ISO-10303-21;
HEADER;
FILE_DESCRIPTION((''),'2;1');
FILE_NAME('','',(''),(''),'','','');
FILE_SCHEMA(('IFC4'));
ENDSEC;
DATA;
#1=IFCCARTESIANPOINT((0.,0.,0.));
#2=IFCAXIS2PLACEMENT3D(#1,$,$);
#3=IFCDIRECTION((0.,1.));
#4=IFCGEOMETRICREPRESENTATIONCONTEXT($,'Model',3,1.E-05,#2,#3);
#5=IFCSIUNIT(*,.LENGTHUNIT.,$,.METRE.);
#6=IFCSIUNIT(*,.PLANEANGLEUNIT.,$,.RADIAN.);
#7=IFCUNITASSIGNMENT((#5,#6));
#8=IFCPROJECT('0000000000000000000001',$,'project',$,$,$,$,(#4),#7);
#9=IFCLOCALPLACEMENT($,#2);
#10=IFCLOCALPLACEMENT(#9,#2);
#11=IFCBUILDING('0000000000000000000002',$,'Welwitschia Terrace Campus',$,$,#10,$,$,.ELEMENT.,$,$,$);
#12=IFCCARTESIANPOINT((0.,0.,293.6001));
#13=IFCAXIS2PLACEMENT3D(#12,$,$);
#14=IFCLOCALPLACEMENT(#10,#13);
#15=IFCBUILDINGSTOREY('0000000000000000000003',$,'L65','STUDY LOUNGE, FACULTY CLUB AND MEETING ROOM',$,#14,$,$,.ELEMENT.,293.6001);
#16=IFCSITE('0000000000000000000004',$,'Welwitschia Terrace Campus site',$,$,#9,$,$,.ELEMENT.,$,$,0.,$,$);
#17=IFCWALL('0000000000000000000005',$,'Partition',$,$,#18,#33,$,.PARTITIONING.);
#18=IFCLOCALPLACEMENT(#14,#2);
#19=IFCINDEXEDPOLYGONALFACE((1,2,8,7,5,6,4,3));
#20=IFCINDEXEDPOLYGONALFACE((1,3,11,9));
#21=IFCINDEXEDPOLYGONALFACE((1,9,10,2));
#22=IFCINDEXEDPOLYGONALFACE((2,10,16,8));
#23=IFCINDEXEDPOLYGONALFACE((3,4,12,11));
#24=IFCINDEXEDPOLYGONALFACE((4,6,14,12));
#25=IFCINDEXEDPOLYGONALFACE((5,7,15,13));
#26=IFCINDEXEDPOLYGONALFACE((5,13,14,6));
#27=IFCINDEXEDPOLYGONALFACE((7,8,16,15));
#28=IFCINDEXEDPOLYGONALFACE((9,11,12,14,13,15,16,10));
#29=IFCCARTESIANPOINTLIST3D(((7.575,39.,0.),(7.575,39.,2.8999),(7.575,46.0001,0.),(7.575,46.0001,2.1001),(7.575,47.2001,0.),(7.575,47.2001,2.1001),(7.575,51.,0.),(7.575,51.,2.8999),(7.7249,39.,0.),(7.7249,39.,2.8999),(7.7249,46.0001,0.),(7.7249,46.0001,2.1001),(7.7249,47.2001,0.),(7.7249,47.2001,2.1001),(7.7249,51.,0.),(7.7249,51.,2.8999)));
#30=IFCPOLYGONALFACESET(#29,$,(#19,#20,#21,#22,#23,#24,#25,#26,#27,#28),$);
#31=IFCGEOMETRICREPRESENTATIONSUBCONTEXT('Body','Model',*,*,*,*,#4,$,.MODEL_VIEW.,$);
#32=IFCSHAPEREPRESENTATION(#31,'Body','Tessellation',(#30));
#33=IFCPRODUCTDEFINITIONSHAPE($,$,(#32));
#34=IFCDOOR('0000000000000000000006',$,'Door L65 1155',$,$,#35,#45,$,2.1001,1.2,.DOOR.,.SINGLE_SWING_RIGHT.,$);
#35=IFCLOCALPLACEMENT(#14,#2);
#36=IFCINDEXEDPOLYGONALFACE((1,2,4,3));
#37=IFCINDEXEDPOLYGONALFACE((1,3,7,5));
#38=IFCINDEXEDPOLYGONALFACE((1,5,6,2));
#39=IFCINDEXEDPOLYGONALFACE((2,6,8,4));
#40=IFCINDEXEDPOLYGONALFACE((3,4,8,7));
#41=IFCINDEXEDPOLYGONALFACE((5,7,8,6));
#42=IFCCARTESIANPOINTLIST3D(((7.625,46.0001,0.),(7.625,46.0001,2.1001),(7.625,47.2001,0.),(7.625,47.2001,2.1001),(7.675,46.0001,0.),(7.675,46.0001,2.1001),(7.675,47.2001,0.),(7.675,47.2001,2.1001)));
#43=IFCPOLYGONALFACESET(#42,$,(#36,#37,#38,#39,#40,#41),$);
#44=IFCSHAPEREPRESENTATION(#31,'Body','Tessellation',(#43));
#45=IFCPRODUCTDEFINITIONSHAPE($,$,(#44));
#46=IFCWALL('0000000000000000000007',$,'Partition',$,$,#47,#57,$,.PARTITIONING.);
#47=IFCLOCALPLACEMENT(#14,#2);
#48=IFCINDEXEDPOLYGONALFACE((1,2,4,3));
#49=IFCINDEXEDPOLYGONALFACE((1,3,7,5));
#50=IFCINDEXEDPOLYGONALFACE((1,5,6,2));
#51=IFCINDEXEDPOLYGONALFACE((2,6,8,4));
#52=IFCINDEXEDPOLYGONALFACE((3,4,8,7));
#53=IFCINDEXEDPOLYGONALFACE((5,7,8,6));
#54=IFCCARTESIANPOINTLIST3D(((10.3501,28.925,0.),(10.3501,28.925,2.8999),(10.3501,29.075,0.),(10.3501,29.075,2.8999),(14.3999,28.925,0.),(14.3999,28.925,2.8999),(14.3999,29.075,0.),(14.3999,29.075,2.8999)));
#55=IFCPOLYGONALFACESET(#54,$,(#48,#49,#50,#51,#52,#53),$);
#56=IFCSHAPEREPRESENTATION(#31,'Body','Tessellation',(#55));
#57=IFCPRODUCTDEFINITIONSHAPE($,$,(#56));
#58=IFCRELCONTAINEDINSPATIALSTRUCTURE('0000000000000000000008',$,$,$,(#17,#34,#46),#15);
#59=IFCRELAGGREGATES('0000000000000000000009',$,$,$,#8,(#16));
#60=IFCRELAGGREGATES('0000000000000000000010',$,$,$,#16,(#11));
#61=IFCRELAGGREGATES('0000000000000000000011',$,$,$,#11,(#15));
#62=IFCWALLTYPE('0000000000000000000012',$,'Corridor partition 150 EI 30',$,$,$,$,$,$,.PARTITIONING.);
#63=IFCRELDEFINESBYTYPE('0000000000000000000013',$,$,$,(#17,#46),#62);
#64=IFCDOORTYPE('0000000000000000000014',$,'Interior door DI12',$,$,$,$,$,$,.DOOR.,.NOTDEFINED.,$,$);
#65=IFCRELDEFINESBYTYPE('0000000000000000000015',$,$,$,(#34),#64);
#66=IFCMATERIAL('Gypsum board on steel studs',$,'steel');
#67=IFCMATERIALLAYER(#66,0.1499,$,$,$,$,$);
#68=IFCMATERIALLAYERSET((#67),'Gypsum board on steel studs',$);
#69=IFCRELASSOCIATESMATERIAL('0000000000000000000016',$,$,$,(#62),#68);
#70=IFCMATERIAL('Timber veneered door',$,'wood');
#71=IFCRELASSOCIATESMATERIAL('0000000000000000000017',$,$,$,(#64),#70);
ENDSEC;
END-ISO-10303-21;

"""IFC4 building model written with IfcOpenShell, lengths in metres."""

from ifc_helpers import new_model, si_unit, direction, frame, frame_2d, origin, place, context, subcontext, project, spatial, rectangle, extrude, material, layer, layer_set, type_object, element, fill, save


model = new_model("IFC4")

# Units and contexts
model_context = context("Model", 3, precision=1e-05, world=origin(), true_north=direction((0.0, 1.0)))
body_context = subcontext(model_context, "Body", "Model", "MODEL_VIEW")
ifc_project = project(units=[si_unit("LENGTHUNIT", "METRE"), si_unit("PLANEANGLEUNIT", "RADIAN")], contexts=[model_context])

# Site, building, storey
site_placement = place(None, origin())
site = spatial("IfcSite", under=ifc_project, at=site_placement, Name="Welwitschia Terrace Campus site", CompositionType="ELEMENT", RefElevation=0.0)
building_placement = place(site_placement, origin())
building = spatial("IfcBuilding", under=site, at=building_placement, Name="Welwitschia Terrace Campus", CompositionType="ELEMENT")
storey_placement = place(building_placement, frame((0.0, 0.0, 293.6001)))
storey = spatial("IfcBuildingStorey", under=building, at=storey_placement, Name="L65", Description="STUDY LOUNGE, FACULTY CLUB AND MEETING ROOM", CompositionType="ELEMENT", Elevation=293.6001)

# Shared definitions
ifc_material_1 = material(Name="Gypsum board on steel studs", Category="steel")
ifc_layer_1 = layer(ifc_material_1, 0.1499)
ifc_layer_set_1 = layer_set([ifc_layer_1], Name="Gypsum board on steel studs")
wall_type = type_object("IfcWallType", Name="Corridor partition 150 EI 30", PredefinedType="PARTITIONING", material=ifc_layer_set_1)

# Wall, opening, door
wall_1_placement = place(storey_placement, frame((7.6499, 39.0, 0.0), z_axis=(0.0, 0.0, 1.0), x_axis=(0.0, 1.0, 0.0)))
wall_1 = element("IfcWall", 1, at=wall_1_placement, inside=storey, type_object=wall_type, Name="Partition", PredefinedType="PARTITIONING", context=body_context, shape_type="SweptSolid", body=[
    extrude(rectangle(XDim=12.0, YDim=0.1499, at=frame_2d((6.0, 0.0))), origin(), (0.0, 0.0, 1.0), 2.8999),
])
opening_1_placement = place(wall_1_placement, frame((7.0, 0.0, 0.0)))
opening_1 = element("IfcOpeningElement", 2, at=opening_1_placement, cuts=wall_1, PredefinedType="OPENING", context=body_context, shape_type="SweptSolid", body=[
    extrude(rectangle(XDim=1.2, YDim=2.1001, at=frame_2d((0.6001, 1.05))), frame((0.0, 0.085, 0.0), z_axis=(0.0, -1.0, 0.0), x_axis=(1.0, 0.0, 0.0)), (0.0, 0.0, 1.0), 0.1699),
])
ifc_material_2 = material(Name="Timber veneered door", Category="wood")
door_type_1 = type_object("IfcDoorType", Name="Interior door DI12", OperationType="NOTDEFINED", PredefinedType="DOOR", material=ifc_material_2)
door_1_placement = place(opening_1_placement, origin())
door_1 = element("IfcDoor", 3, at=door_1_placement, inside=storey, type_object=door_type_1, Name="Door L65 1155", OperationType="SINGLE_SWING_RIGHT", OverallHeight=2.1001, OverallWidth=1.2, PredefinedType="DOOR", context=body_context, shape_type="SweptSolid", body=[
    extrude(rectangle(XDim=1.2, YDim=2.1001, at=frame_2d((0.6001, 1.05))), frame((0.0, 0.0249, 0.0), z_axis=(0.0, -1.0, 0.0), x_axis=(1.0, 0.0, 0.0)), (0.0, 0.0, 1.0), 0.05),
])
fill(opening_1, door_1)

# Wall
wall_2_placement = place(storey_placement, frame((10.3501, 29.0, 0.0), z_axis=(0.0, 0.0, 1.0), x_axis=(1.0, 0.0, 0.0)))
element("IfcWall", 4, at=wall_2_placement, inside=storey, type_object=wall_type, Name="Partition", PredefinedType="PARTITIONING", context=body_context, shape_type="SweptSolid", body=[
    extrude(rectangle(XDim=4.0498, YDim=0.1499, at=frame_2d((2.0249, 0.0))), origin(), (0.0, 0.0, 1.0), 2.8999),
])

save(model, "model.ifc")
